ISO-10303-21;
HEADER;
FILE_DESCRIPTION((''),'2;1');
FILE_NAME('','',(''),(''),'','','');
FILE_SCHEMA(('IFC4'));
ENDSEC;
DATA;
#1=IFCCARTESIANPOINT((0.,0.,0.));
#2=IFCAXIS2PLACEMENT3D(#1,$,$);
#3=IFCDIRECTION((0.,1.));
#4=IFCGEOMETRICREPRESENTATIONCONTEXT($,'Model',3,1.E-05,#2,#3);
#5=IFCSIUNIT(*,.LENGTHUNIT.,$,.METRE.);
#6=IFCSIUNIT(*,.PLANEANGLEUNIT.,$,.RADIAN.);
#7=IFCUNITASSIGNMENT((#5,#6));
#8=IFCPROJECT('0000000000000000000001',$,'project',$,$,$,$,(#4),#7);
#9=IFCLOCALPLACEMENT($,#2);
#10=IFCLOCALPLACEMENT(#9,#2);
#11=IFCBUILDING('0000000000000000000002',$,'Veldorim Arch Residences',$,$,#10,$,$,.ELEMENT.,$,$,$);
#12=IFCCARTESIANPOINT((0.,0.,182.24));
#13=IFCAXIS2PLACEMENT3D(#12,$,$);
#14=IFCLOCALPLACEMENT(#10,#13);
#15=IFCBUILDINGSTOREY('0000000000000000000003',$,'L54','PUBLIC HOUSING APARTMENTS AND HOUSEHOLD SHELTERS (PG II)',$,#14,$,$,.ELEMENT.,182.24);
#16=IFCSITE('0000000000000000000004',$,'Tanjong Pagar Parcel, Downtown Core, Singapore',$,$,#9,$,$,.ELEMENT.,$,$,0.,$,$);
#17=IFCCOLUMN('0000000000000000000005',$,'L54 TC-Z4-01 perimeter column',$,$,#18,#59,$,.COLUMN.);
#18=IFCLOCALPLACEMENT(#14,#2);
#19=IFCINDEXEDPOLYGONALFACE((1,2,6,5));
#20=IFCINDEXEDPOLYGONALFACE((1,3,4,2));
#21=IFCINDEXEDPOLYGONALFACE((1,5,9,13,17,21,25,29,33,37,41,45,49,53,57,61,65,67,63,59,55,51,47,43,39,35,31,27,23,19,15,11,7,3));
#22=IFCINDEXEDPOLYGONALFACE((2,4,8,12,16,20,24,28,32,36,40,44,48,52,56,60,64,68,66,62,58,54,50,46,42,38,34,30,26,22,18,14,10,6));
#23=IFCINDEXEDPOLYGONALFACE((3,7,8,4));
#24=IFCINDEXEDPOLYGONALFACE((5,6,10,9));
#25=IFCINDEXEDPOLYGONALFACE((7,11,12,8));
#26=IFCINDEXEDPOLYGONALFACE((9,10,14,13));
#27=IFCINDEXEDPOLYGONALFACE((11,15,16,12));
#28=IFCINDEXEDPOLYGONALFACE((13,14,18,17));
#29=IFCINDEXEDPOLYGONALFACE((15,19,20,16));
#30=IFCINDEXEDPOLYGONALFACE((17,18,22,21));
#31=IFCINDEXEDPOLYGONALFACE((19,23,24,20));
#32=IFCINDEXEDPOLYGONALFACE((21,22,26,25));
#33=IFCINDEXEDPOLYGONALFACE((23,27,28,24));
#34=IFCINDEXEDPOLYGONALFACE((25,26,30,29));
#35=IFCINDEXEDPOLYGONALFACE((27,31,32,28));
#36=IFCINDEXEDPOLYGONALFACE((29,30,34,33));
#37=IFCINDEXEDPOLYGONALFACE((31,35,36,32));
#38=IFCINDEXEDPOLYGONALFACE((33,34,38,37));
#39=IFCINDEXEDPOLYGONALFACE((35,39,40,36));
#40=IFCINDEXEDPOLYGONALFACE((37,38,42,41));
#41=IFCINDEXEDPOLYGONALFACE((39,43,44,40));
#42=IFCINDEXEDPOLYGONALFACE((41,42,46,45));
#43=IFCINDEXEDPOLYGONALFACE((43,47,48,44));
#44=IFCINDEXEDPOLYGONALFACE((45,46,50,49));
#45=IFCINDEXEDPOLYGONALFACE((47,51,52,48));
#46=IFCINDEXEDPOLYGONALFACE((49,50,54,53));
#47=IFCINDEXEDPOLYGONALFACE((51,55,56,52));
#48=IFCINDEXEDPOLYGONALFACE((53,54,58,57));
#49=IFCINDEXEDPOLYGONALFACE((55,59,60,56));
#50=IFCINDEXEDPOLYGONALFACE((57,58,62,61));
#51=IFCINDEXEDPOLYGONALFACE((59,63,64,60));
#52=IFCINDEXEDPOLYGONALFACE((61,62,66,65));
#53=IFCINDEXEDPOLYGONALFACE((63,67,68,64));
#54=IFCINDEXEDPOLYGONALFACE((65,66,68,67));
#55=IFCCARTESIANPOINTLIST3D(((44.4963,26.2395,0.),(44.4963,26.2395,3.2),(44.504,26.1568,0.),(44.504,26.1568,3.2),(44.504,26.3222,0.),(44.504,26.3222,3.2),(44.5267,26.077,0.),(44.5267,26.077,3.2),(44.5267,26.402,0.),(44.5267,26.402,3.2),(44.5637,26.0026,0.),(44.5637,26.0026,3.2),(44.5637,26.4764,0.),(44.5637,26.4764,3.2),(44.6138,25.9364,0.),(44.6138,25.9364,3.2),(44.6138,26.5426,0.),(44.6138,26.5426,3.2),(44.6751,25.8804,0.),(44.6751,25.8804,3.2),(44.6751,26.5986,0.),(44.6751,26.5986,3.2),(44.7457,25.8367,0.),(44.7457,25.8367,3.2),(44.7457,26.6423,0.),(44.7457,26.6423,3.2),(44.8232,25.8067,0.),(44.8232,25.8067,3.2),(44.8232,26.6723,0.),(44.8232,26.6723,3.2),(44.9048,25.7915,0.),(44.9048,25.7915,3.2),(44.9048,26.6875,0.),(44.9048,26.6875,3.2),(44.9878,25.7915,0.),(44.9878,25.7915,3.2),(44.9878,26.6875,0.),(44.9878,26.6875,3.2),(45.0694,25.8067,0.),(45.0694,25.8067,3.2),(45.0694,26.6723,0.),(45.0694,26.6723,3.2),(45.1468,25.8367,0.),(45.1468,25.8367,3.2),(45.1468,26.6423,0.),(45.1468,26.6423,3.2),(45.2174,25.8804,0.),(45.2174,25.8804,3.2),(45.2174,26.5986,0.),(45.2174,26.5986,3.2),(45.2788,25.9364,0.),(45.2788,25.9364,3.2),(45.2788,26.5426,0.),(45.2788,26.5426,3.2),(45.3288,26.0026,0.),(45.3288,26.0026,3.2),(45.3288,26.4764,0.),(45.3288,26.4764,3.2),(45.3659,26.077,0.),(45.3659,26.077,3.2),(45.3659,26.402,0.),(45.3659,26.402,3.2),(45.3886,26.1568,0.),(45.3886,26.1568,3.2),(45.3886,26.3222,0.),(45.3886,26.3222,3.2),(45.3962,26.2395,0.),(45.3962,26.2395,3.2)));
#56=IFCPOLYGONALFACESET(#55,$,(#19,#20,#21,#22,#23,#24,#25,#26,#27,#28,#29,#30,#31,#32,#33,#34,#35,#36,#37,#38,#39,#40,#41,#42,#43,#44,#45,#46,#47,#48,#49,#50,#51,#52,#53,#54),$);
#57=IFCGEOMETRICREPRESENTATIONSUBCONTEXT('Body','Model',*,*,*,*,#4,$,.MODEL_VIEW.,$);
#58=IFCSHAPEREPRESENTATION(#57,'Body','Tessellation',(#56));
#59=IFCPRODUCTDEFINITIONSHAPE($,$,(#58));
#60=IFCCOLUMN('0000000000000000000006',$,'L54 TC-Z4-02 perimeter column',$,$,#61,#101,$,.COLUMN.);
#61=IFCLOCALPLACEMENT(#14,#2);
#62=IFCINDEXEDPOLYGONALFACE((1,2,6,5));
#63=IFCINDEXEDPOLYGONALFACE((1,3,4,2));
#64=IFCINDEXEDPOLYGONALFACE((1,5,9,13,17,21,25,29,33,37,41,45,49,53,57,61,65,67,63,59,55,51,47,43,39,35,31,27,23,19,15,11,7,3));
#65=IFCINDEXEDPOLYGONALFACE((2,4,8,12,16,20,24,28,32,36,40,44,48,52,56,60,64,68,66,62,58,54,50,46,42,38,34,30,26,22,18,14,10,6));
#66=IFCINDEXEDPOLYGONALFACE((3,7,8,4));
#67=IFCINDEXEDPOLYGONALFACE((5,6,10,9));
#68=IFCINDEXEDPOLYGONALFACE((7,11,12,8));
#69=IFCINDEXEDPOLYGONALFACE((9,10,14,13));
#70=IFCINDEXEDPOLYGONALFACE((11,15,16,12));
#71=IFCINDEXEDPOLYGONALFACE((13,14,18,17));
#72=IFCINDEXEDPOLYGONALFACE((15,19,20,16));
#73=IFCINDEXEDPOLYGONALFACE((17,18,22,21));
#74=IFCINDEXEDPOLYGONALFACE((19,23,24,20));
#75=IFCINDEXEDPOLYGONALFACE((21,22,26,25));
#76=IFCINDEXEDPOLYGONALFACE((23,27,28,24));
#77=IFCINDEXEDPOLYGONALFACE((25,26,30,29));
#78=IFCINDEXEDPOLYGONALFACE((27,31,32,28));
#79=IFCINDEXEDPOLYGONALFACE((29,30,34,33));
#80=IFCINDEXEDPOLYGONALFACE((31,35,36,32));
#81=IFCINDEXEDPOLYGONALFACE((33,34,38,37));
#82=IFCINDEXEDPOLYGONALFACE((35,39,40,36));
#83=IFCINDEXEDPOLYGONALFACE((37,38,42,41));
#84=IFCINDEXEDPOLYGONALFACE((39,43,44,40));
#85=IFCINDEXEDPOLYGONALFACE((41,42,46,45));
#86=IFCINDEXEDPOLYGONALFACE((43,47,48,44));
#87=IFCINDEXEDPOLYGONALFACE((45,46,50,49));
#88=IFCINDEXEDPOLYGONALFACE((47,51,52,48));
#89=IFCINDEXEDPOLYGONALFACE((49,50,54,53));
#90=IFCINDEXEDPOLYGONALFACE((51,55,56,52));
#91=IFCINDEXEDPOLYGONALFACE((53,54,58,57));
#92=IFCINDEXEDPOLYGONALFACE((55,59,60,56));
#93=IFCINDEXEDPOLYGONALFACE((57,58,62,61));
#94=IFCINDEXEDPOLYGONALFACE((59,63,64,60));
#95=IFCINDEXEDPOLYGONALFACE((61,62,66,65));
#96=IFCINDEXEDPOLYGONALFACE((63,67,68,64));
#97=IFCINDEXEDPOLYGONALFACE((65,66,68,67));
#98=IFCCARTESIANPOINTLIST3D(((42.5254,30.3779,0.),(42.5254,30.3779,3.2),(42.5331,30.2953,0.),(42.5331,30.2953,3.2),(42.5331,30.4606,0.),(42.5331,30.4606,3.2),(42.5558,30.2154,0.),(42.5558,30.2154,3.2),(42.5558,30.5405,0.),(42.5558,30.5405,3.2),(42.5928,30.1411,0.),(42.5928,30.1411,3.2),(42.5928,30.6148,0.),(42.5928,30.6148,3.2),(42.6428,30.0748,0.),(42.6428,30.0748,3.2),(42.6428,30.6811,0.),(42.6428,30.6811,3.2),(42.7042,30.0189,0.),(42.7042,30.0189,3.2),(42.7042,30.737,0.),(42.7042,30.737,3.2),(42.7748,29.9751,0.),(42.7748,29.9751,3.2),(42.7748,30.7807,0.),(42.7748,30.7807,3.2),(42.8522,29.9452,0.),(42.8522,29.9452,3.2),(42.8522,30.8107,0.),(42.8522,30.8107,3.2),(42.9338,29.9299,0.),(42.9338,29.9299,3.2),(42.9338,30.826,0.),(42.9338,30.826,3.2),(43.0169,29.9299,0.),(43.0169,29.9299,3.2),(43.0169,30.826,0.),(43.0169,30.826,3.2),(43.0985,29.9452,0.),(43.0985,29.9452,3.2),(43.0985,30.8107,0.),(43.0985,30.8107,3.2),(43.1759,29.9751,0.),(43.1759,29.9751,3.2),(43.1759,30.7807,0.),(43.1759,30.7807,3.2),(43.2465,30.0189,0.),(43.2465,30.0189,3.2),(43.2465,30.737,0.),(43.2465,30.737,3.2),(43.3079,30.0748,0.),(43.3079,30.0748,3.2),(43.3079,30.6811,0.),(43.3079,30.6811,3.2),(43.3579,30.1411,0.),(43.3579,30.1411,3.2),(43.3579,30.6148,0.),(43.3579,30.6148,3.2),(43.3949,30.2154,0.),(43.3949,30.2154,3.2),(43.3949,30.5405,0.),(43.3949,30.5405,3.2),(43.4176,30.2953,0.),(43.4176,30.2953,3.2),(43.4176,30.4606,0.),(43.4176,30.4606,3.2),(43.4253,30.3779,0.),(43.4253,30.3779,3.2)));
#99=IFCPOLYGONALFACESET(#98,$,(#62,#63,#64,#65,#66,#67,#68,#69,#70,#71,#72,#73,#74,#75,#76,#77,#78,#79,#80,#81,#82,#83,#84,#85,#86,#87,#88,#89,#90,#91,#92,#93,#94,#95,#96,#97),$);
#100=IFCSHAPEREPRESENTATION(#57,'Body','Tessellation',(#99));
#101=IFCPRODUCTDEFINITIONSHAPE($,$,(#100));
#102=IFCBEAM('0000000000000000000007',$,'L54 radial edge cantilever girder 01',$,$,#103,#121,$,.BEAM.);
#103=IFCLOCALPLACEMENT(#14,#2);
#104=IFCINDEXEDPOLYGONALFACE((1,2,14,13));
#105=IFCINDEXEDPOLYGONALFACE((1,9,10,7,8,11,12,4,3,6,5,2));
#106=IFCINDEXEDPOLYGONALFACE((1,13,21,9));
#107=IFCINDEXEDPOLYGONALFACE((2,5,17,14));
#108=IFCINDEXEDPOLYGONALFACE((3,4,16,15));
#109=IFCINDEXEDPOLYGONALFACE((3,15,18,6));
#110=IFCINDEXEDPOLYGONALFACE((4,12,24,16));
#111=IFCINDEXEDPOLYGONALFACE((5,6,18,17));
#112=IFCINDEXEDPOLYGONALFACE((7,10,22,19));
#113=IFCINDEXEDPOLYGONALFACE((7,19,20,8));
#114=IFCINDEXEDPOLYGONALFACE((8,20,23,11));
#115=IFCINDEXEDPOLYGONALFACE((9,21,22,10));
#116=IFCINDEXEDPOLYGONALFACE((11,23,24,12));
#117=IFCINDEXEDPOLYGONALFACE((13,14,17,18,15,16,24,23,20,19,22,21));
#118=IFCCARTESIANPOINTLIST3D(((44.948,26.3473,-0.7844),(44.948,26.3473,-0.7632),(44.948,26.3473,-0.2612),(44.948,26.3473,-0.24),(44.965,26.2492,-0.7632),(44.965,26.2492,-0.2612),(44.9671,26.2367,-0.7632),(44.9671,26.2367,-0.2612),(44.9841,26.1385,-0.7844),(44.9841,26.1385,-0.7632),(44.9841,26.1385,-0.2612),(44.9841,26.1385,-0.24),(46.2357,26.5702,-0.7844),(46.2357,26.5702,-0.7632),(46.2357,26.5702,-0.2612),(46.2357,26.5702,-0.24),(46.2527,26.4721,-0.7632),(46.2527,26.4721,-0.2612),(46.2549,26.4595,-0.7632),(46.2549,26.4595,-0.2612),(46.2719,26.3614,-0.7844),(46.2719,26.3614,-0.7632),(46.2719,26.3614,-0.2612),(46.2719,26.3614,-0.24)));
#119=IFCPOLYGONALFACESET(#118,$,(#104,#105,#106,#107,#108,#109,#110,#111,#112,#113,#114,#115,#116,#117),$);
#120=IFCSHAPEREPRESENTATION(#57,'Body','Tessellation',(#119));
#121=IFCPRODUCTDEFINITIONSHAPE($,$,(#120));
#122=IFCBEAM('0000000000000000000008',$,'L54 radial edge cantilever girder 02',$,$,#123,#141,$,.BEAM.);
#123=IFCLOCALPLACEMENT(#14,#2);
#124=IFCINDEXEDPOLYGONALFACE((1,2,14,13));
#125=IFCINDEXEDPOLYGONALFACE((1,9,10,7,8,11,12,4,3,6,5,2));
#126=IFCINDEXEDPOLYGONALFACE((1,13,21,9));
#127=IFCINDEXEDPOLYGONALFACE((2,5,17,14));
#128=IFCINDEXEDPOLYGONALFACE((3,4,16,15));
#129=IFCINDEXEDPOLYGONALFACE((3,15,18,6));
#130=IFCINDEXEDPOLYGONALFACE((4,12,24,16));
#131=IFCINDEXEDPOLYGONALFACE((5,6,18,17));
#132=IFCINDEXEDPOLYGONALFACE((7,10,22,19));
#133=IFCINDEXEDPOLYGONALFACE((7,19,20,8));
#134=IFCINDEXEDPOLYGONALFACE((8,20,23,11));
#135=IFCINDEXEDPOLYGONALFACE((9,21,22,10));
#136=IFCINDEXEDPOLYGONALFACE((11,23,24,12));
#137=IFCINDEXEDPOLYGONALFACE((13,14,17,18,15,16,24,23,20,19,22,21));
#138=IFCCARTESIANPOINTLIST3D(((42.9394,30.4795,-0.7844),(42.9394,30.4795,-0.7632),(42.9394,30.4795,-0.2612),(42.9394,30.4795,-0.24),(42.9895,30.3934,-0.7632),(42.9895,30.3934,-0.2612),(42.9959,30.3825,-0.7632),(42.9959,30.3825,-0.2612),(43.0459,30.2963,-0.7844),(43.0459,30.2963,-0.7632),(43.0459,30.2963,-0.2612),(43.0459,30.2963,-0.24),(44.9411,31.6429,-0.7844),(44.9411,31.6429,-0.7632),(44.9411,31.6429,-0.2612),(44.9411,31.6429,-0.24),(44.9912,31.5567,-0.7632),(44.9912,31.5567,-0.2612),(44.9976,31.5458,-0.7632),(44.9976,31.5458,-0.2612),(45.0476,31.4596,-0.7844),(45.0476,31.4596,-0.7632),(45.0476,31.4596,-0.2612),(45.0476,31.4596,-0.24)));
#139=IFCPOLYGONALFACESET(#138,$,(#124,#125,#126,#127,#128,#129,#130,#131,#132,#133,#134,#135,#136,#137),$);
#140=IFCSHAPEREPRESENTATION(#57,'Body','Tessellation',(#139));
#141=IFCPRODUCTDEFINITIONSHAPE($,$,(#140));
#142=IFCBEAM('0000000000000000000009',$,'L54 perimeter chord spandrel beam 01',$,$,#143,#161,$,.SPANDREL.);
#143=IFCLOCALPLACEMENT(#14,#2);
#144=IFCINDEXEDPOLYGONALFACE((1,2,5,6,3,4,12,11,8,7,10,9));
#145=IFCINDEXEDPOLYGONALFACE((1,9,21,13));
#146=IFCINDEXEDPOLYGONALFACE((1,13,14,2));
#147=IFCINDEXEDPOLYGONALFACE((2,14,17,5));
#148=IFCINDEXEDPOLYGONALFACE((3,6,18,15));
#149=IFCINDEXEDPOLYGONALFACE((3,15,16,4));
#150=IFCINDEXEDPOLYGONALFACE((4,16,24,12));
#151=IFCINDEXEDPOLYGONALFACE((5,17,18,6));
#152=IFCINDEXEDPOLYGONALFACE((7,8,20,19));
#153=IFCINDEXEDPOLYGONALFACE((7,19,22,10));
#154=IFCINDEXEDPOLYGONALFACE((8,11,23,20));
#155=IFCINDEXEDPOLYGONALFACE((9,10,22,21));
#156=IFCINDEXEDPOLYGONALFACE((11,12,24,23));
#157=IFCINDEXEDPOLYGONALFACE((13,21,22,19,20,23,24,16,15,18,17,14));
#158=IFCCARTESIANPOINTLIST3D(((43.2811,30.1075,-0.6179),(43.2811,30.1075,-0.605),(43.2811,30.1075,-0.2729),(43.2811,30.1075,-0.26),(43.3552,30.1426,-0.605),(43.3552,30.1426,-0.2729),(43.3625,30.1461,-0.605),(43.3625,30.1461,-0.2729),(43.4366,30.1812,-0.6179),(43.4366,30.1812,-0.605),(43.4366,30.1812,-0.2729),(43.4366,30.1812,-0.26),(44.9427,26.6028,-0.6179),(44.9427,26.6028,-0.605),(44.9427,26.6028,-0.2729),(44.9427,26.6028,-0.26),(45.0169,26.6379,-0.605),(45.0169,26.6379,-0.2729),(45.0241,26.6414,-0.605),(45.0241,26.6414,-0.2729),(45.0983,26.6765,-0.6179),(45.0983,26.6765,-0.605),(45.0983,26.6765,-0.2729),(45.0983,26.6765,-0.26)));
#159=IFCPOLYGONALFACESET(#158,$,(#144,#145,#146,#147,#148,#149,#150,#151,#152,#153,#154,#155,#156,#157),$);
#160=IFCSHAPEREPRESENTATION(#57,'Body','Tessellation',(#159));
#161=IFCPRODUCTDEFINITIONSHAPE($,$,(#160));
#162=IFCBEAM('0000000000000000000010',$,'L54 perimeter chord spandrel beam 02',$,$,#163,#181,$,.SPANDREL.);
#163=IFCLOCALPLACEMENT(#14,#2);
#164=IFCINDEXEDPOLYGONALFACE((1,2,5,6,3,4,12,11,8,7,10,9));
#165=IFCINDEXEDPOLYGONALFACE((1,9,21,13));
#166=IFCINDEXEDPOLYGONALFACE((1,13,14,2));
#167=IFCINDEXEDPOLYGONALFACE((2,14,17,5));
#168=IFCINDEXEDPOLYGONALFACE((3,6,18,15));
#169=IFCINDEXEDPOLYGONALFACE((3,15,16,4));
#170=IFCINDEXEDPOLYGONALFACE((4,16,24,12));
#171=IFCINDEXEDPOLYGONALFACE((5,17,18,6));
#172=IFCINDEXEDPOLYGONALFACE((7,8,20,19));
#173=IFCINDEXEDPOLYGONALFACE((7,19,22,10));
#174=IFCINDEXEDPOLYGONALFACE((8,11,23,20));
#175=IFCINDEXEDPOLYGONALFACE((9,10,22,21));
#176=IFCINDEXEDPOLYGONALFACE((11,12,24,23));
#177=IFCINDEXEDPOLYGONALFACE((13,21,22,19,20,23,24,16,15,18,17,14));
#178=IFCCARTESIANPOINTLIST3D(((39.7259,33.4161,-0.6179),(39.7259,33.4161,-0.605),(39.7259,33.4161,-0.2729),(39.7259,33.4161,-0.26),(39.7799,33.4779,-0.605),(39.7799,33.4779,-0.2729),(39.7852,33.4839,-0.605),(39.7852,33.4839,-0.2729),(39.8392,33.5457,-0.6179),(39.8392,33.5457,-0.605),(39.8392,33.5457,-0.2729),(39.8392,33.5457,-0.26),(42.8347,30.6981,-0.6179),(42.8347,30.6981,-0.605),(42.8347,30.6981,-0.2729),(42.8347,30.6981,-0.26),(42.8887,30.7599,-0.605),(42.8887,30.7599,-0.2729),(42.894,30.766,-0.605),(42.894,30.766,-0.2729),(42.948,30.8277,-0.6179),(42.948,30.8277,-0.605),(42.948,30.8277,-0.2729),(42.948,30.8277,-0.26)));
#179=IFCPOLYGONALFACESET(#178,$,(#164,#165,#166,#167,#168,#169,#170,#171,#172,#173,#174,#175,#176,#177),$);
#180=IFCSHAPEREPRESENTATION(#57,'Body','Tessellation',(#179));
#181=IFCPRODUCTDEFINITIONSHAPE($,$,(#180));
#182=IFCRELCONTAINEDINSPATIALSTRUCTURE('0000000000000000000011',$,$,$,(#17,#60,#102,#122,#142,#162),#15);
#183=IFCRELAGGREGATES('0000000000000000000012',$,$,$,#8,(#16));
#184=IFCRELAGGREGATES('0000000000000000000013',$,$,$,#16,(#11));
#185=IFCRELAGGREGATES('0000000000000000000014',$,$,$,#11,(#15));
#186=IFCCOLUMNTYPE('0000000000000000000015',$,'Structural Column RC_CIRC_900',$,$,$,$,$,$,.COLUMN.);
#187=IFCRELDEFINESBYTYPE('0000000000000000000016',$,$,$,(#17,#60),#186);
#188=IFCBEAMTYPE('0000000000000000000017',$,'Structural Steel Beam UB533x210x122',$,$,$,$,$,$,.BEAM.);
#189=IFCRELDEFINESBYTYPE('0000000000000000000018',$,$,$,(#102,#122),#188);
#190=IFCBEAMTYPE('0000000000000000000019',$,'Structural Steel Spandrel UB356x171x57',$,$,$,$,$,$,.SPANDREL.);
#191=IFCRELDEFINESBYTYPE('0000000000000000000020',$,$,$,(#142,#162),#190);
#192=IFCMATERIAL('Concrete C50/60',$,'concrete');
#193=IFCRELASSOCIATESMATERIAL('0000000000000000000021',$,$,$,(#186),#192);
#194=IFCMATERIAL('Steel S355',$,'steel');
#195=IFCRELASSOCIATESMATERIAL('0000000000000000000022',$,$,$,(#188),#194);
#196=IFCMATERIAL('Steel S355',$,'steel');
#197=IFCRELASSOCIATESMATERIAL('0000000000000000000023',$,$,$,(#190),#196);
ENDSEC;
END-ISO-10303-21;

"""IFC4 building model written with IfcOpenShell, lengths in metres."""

from ifc_helpers import new_model, si_unit, direction, frame, origin, origin_2d, place, context, subcontext, project, spatial, circle, i_section, extrude, material, material_profile, profile_set, type_object, element, save


model = new_model("IFC4")

# Units and contexts
model_context = context("Model", 3, precision=1e-05, world=origin(), true_north=direction((0.0, 1.0)))
body_context = subcontext(model_context, "Body", "Model", "MODEL_VIEW")
ifc_project = project(units=[si_unit("LENGTHUNIT", "METRE"), si_unit("PLANEANGLEUNIT", "RADIAN")], contexts=[model_context])

# Site, building, storey
site_placement = place(None, origin())
site = spatial("IfcSite", under=ifc_project, at=site_placement, Name="Tanjong Pagar Parcel, Downtown Core, Singapore", CompositionType="ELEMENT", RefElevation=0.0)
building_placement = place(site_placement, origin())
building = spatial("IfcBuilding", under=site, at=building_placement, Name="Veldorim Arch Residences", CompositionType="ELEMENT")
storey_placement = place(building_placement, frame((0.0, 0.0, 182.24)))
storey = spatial("IfcBuildingStorey", under=building, at=storey_placement, Name="L54", Description="PUBLIC HOUSING APARTMENTS AND HOUSEHOLD SHELTERS (PG II)", CompositionType="ELEMENT", Elevation=182.24)

# Columns
ifc_material_1 = material(Name="Concrete C50/60", Category="concrete")
ifc_material_profile_1 = material_profile(ifc_material_1, circle(Radius=0.45, at=origin_2d()), Name="RC_CIRC_900")
ifc_profile_set_1 = profile_set([ifc_material_profile_1], Name="Concrete C50/60")
column_type = type_object("IfcColumnType", Name="Structural Column RC_CIRC_900", PredefinedType="COLUMN", material=ifc_profile_set_1)
for number, where, z_axis, x_axis, name in (
    (1, (44.9463, 26.2395, 0.0), (0.0, 0.0, 1.0), (1.0, 0.0, 0.0), "L54 TC-Z4-01 perimeter column"),
    (2, (42.9753, 30.3779, 0.0), (0.0, 0.0, 1.0), (1.0, 0.0, 0.0), "L54 TC-Z4-02 perimeter column"),
):
    element("IfcColumn", number, at=place(storey_placement, frame(where, z_axis=z_axis, x_axis=x_axis)), inside=storey, type_object=column_type, Name=name, PredefinedType="COLUMN", context=body_context, shape_type="SweptSolid", body=[
        extrude(circle(Radius=0.45, at=origin_2d()), origin(), (0.0, 0.0, 1.0), 3.2),
    ])

# Beams
ifc_material_2 = material(Name="Steel S355", Category="steel")
ifc_material_profile_2 = material_profile(ifc_material_2, i_section(OverallWidth=0.2119, OverallDepth=0.5444, WebThickness=0.0127, FlangeThickness=0.0212, at=origin_2d()), Name="UB533x210x122")
ifc_profile_set_2 = profile_set([ifc_material_profile_2], Name="Steel S355")
beam_type_1 = type_object("IfcBeamType", Name="Structural Steel Beam UB533x210x122", PredefinedType="BEAM", material=ifc_profile_set_2)
beam_1_placement = place(storey_placement, frame((44.9661, 26.2429, -0.5122), z_axis=(0.98535, 0.170545, 0.0), x_axis=(-0.170545, 0.98535, 0.0)))
element("IfcBeam", 3, at=beam_1_placement, inside=storey, type_object=beam_type_1, Name="L54 radial edge cantilever girder 01", PredefinedType="BEAM", context=body_context, shape_type="SweptSolid", body=[
    extrude(i_section(OverallWidth=0.2119, OverallDepth=0.5444, WebThickness=0.0127, FlangeThickness=0.0212, at=origin_2d()), origin(), (0.0, 0.0, 1.0), 1.3069),
])
beam_2_placement = place(storey_placement, frame((42.9927, 30.3879, -0.5122), z_axis=(0.864592, 0.502474, 0.0), x_axis=(-0.502474, 0.864592, 0.0)))
element("IfcBeam", 4, at=beam_2_placement, inside=storey, type_object=beam_type_1, Name="L54 radial edge cantilever girder 02", PredefinedType="BEAM", context=body_context, shape_type="SweptSolid", body=[
    extrude(i_section(OverallWidth=0.2119, OverallDepth=0.5444, WebThickness=0.0127, FlangeThickness=0.0212, at=origin_2d()), origin(), (0.0, 0.0, 1.0), 2.3152),
])
ifc_material_3 = material(Name="Steel S355", Category="steel")
ifc_material_profile_3 = material_profile(ifc_material_3, i_section(OverallWidth=0.1721, OverallDepth=0.3579, WebThickness=0.0081, FlangeThickness=0.0129, at=origin_2d()), Name="UB356x171x57")
ifc_profile_set_3 = profile_set([ifc_material_profile_3], Name="Steel S355")
beam_type_2 = type_object("IfcBeamType", Name="Structural Steel Spandrel UB356x171x57", PredefinedType="SPANDREL", material=ifc_profile_set_3)
beam_3_placement = place(storey_placement, frame((45.0205, 26.6396, -0.439), z_axis=(-0.428408, 0.903585, 0.0), x_axis=(-0.903585, -0.428408, 0.0)))
element("IfcBeam", 5, at=beam_3_placement, inside=storey, type_object=beam_type_2, Name="L54 perimeter chord spandrel beam 01", PredefinedType="SPANDREL", context=body_context, shape_type="SweptSolid", body=[
    extrude(i_section(OverallWidth=0.1721, OverallDepth=0.3579, WebThickness=0.0081, FlangeThickness=0.0129, at=origin_2d()), origin(), (0.0, 0.0, 1.0), 3.8787),
])
beam_4_placement = place(storey_placement, frame((42.8914, 30.7629, -0.439), z_axis=(-0.752848, 0.658195, 0.0), x_axis=(-0.658195, -0.752848, 0.0)))
element("IfcBeam", 6, at=beam_4_placement, inside=storey, type_object=beam_type_2, Name="L54 perimeter chord spandrel beam 02", PredefinedType="SPANDREL", context=body_context, shape_type="SweptSolid", body=[
    extrude(i_section(OverallWidth=0.1721, OverallDepth=0.3579, WebThickness=0.0081, FlangeThickness=0.0129, at=origin_2d()), origin(), (0.0, 0.0, 1.0), 4.1294),
])

save(model, "model.ifc")
